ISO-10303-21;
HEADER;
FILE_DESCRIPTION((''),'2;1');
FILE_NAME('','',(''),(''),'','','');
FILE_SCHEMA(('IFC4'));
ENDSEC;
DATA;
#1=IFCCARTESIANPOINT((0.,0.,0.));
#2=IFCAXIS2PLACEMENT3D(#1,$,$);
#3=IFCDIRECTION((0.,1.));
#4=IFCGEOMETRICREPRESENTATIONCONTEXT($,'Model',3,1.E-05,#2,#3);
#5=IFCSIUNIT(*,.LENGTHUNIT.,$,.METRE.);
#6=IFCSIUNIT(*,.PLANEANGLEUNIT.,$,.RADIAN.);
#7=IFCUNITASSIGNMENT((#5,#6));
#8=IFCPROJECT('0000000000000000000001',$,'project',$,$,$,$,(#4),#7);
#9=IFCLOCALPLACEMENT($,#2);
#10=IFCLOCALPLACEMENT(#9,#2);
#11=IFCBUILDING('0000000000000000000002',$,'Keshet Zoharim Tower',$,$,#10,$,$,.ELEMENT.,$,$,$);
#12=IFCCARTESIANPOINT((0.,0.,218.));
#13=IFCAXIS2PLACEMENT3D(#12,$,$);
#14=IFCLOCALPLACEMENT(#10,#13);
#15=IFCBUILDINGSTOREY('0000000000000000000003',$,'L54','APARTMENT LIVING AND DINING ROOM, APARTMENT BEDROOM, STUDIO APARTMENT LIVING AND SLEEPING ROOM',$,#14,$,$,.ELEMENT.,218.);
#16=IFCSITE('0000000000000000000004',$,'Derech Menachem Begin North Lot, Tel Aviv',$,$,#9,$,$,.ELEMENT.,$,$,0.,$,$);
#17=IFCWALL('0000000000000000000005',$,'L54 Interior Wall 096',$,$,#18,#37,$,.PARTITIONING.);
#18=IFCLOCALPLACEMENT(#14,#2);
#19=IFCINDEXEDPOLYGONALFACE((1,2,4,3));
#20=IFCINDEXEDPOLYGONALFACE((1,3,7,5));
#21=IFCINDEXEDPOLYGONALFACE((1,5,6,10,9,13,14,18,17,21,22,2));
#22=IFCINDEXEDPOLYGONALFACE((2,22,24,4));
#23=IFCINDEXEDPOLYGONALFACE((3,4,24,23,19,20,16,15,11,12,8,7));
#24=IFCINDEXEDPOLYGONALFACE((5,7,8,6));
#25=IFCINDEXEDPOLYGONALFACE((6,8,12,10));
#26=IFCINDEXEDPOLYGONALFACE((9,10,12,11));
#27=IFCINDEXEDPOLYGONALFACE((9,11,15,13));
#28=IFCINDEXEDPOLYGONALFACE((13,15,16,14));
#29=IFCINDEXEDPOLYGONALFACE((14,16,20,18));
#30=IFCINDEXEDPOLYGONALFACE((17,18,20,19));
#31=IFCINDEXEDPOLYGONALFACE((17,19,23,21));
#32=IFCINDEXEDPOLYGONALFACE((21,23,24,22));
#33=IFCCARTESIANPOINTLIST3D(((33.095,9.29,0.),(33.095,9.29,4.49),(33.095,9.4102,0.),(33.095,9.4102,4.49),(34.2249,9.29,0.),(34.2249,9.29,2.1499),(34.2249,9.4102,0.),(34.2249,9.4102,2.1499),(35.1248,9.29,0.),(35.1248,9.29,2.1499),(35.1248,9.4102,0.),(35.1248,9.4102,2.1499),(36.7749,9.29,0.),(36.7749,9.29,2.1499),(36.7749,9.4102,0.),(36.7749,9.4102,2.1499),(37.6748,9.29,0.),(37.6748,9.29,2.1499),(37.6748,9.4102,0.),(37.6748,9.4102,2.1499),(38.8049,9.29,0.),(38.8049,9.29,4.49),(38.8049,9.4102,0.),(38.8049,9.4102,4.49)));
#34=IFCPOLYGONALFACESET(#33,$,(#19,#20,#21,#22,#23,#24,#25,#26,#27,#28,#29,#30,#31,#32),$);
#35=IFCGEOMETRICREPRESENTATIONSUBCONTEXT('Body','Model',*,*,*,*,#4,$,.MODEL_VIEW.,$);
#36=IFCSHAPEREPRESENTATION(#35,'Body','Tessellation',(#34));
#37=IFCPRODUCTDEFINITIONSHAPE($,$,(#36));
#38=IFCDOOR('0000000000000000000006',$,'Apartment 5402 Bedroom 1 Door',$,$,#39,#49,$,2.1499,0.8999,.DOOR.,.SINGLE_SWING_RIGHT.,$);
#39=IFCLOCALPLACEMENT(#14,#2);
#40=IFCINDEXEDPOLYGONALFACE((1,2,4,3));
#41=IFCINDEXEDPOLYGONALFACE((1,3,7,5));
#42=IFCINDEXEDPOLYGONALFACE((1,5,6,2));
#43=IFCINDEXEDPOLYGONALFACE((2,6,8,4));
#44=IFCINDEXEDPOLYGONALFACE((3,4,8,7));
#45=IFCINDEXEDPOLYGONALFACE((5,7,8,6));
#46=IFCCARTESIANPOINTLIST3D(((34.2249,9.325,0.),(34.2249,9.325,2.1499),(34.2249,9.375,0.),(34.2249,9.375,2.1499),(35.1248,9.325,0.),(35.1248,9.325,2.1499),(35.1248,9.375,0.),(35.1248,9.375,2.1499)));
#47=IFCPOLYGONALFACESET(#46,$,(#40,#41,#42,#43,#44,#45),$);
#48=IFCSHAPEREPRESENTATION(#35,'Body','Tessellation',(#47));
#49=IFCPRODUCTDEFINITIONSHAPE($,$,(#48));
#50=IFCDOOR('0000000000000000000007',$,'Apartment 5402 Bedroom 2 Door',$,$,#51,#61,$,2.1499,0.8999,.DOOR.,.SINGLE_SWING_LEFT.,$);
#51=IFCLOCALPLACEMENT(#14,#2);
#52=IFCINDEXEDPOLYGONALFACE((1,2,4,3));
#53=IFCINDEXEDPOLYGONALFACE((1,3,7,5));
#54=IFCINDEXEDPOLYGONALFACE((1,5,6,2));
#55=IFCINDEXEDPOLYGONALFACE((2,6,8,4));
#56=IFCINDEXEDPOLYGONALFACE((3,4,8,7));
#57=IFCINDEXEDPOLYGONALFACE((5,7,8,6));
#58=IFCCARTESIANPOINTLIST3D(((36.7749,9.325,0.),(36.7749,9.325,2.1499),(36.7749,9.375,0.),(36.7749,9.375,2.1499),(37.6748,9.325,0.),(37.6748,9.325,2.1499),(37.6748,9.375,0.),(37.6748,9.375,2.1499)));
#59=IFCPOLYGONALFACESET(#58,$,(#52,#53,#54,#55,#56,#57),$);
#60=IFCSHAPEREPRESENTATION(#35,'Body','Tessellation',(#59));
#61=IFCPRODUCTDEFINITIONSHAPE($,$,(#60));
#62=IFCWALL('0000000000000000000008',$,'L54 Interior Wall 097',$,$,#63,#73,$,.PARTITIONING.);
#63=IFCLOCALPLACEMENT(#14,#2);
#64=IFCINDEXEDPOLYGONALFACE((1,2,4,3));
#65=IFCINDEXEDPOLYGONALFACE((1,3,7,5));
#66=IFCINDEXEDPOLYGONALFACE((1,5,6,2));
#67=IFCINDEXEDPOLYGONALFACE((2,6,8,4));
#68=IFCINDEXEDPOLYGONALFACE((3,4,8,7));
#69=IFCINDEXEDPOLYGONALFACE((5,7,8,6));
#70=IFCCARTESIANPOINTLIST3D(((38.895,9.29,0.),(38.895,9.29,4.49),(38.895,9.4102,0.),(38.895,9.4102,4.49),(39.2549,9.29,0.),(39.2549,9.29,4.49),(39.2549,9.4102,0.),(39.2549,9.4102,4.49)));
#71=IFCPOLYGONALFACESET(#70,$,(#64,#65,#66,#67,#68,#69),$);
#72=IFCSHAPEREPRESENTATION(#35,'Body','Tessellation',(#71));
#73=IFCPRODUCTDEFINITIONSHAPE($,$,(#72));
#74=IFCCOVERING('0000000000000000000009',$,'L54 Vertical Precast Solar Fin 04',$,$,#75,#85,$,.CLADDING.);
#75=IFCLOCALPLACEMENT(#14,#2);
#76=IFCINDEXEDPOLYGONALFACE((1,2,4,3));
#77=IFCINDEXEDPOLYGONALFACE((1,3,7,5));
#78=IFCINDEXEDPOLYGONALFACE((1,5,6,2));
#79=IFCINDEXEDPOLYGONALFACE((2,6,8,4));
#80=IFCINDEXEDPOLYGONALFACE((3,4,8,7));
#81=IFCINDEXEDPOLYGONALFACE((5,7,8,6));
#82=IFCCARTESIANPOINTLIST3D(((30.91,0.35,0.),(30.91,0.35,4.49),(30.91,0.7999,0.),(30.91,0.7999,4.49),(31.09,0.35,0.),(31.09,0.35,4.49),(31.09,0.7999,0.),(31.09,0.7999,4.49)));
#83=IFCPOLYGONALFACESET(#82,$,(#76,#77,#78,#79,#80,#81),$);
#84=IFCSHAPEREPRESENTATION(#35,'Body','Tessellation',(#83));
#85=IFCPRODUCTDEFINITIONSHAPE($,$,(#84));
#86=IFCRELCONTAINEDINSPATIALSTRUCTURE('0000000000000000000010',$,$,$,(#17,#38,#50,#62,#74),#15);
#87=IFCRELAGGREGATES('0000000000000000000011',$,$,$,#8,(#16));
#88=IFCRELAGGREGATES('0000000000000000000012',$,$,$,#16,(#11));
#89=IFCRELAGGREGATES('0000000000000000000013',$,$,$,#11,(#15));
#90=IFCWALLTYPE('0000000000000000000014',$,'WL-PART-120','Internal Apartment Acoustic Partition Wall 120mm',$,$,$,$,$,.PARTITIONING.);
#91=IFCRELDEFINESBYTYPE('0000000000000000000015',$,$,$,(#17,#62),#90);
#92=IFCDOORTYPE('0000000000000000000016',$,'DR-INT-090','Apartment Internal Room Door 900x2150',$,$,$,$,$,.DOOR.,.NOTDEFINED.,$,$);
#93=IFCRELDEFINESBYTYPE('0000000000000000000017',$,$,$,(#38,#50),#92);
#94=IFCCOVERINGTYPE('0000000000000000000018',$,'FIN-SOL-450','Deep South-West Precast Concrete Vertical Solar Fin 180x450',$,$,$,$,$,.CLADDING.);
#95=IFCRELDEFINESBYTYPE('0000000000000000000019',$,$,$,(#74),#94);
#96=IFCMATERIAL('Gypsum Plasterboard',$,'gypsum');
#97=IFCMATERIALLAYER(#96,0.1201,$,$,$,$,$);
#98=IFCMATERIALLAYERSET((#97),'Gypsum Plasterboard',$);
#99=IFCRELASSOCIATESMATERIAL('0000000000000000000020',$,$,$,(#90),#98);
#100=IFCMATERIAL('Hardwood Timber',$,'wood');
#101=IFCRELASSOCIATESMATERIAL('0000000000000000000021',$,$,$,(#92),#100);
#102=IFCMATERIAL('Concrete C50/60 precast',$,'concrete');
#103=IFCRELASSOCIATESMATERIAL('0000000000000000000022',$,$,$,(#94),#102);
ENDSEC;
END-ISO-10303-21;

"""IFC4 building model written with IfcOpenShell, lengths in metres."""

from ifc_helpers import new_model, si_unit, direction, frame, frame_2d, origin, origin_2d, place, context, subcontext, project, spatial, rectangle, extrude, material, layer, layer_set, type_object, element, fill, save


model = new_model("IFC4")

# Units and contexts
model_context = context("Model", 3, precision=1e-05, world=origin(), true_north=direction((0.0, 1.0)))
body_context = subcontext(model_context, "Body", "Model", "MODEL_VIEW")
ifc_project = project(units=[si_unit("LENGTHUNIT", "METRE"), si_unit("PLANEANGLEUNIT", "RADIAN")], contexts=[model_context])

# Site, building, storey
site_placement = place(None, origin())
site = spatial("IfcSite", under=ifc_project, at=site_placement, Name="Derech Menachem Begin North Lot, Tel Aviv", CompositionType="ELEMENT", RefElevation=0.0)
building_placement = place(site_placement, origin())
building = spatial("IfcBuilding", under=site, at=building_placement, Name="Keshet Zoharim Tower", CompositionType="ELEMENT")
storey_placement = place(building_placement, frame((0.0, 0.0, 218.0)))
storey = spatial("IfcBuildingStorey", under=building, at=storey_placement, Name="L54", Description="APARTMENT LIVING AND DINING ROOM, APARTMENT BEDROOM, STUDIO APARTMENT LIVING AND SLEEPING ROOM", CompositionType="ELEMENT", Elevation=218.0)

# Shared definitions
ifc_material_1 = material(Name="Gypsum Plasterboard", Category="gypsum")
ifc_layer_1 = layer(ifc_material_1, 0.1201)
ifc_layer_set_1 = layer_set([ifc_layer_1], Name="Gypsum Plasterboard")
wall_type = type_object("IfcWallType", Name="WL-PART-120", Description="Internal Apartment Acoustic Partition Wall 120mm", PredefinedType="PARTITIONING", material=ifc_layer_set_1)

# Shared definitions
ifc_material_2 = material(Name="Hardwood Timber", Category="wood")
door_type = type_object("IfcDoorType", Name="DR-INT-090", Description="Apartment Internal Room Door 900x2150", OperationType="NOTDEFINED", PredefinedType="DOOR", material=ifc_material_2)

# Wall, openings, doors
wall_1_placement = place(storey_placement, frame((33.095, 9.3501, 0.0), z_axis=(0.0, 0.0, 1.0), x_axis=(1.0, 0.0, 0.0)))
wall_1 = element("IfcWall", 1, at=wall_1_placement, inside=storey, type_object=wall_type, Name="L54 Interior Wall 096", PredefinedType="PARTITIONING", context=body_context, shape_type="SweptSolid", body=[
    extrude(rectangle(XDim=5.71, YDim=0.1201, at=frame_2d((2.855, 0.0))), origin(), (0.0, 0.0, 1.0), 4.49),
])
opening_1_placement = place(wall_1_placement, frame((1.1299, 0.0, 0.0)))
opening_1 = element("IfcOpeningElement", 2, at=opening_1_placement, cuts=wall_1, PredefinedType="OPENING", context=body_context, shape_type="SweptSolid", body=[
    extrude(rectangle(XDim=0.8999, YDim=2.1499, at=frame_2d((0.45, 1.075))), frame((0.0, 0.0701, 0.0), z_axis=(0.0, -1.0, 0.0), x_axis=(1.0, 0.0, 0.0)), (0.0, 0.0, 1.0), 0.1401),
])
opening_2_placement = place(wall_1_placement, frame((3.6799, 0.0, 0.0)))
opening_2 = element("IfcOpeningElement", 3, at=opening_2_placement, cuts=wall_1, PredefinedType="OPENING", context=body_context, shape_type="SweptSolid", body=[
    extrude(rectangle(XDim=0.8999, YDim=2.1499, at=frame_2d((0.45, 1.075))), frame((0.0, 0.0701, 0.0), z_axis=(0.0, -1.0, 0.0), x_axis=(1.0, 0.0, 0.0)), (0.0, 0.0, 1.0), 0.1401),
])
door_1_placement = place(opening_1_placement, origin())
door_1 = element("IfcDoor", 4, at=door_1_placement, inside=storey, type_object=door_type, Name="Apartment 5402 Bedroom 1 Door", OperationType="SINGLE_SWING_RIGHT", OverallHeight=2.1499, OverallWidth=0.8999, PredefinedType="DOOR", context=body_context, shape_type="SweptSolid", body=[
    extrude(rectangle(XDim=0.8999, YDim=2.1499, at=frame_2d((0.45, 1.075))), frame((0.0, 0.0249, 0.0), z_axis=(0.0, -1.0, 0.0), x_axis=(1.0, 0.0, 0.0)), (0.0, 0.0, 1.0), 0.05),
])
fill(opening_1, door_1)
door_2_placement = place(opening_2_placement, origin())
door_2 = element("IfcDoor", 5, at=door_2_placement, inside=storey, type_object=door_type, Name="Apartment 5402 Bedroom 2 Door", OperationType="SINGLE_SWING_LEFT", OverallHeight=2.1499, OverallWidth=0.8999, PredefinedType="DOOR", context=body_context, shape_type="SweptSolid", body=[
    extrude(rectangle(XDim=0.8999, YDim=2.1499, at=frame_2d((0.45, 1.075))), frame((0.0, 0.0249, 0.0), z_axis=(0.0, -1.0, 0.0), x_axis=(1.0, 0.0, 0.0)), (0.0, 0.0, 1.0), 0.05),
])
fill(opening_2, door_2)

# Wall
wall_2_placement = place(storey_placement, frame((38.895, 9.3501, 0.0), z_axis=(0.0, 0.0, 1.0), x_axis=(1.0, 0.0, 0.0)))
element("IfcWall", 6, at=wall_2_placement, inside=storey, type_object=wall_type, Name="L54 Interior Wall 097", PredefinedType="PARTITIONING", context=body_context, shape_type="SweptSolid", body=[
    extrude(rectangle(XDim=0.3599, YDim=0.1201, at=frame_2d((0.1799, 0.0))), origin(), (0.0, 0.0, 1.0), 4.49),
])

# Covering
ifc_material_3 = material(Name="Concrete C50/60 precast", Category="concrete")
covering_type = type_object("IfcCoveringType", Name="FIN-SOL-450", Description="Deep South-West Precast Concrete Vertical Solar Fin 180x450", PredefinedType="CLADDING", material=ifc_material_3)
covering_placement = place(storey_placement, frame((31.0, 0.575, 0.0), z_axis=(0.0, 0.0, 1.0), x_axis=(-1.0, 0.0, 0.0)))
element("IfcCovering", 7, at=covering_placement, inside=storey, type_object=covering_type, Name="L54 Vertical Precast Solar Fin 04", PredefinedType="CLADDING", context=body_context, shape_type="SweptSolid", body=[
    extrude(rectangle(XDim=0.1799, YDim=0.45, at=origin_2d()), origin(), (0.0, 0.0, 1.0), 4.49),
])

save(model, "model.ifc")
